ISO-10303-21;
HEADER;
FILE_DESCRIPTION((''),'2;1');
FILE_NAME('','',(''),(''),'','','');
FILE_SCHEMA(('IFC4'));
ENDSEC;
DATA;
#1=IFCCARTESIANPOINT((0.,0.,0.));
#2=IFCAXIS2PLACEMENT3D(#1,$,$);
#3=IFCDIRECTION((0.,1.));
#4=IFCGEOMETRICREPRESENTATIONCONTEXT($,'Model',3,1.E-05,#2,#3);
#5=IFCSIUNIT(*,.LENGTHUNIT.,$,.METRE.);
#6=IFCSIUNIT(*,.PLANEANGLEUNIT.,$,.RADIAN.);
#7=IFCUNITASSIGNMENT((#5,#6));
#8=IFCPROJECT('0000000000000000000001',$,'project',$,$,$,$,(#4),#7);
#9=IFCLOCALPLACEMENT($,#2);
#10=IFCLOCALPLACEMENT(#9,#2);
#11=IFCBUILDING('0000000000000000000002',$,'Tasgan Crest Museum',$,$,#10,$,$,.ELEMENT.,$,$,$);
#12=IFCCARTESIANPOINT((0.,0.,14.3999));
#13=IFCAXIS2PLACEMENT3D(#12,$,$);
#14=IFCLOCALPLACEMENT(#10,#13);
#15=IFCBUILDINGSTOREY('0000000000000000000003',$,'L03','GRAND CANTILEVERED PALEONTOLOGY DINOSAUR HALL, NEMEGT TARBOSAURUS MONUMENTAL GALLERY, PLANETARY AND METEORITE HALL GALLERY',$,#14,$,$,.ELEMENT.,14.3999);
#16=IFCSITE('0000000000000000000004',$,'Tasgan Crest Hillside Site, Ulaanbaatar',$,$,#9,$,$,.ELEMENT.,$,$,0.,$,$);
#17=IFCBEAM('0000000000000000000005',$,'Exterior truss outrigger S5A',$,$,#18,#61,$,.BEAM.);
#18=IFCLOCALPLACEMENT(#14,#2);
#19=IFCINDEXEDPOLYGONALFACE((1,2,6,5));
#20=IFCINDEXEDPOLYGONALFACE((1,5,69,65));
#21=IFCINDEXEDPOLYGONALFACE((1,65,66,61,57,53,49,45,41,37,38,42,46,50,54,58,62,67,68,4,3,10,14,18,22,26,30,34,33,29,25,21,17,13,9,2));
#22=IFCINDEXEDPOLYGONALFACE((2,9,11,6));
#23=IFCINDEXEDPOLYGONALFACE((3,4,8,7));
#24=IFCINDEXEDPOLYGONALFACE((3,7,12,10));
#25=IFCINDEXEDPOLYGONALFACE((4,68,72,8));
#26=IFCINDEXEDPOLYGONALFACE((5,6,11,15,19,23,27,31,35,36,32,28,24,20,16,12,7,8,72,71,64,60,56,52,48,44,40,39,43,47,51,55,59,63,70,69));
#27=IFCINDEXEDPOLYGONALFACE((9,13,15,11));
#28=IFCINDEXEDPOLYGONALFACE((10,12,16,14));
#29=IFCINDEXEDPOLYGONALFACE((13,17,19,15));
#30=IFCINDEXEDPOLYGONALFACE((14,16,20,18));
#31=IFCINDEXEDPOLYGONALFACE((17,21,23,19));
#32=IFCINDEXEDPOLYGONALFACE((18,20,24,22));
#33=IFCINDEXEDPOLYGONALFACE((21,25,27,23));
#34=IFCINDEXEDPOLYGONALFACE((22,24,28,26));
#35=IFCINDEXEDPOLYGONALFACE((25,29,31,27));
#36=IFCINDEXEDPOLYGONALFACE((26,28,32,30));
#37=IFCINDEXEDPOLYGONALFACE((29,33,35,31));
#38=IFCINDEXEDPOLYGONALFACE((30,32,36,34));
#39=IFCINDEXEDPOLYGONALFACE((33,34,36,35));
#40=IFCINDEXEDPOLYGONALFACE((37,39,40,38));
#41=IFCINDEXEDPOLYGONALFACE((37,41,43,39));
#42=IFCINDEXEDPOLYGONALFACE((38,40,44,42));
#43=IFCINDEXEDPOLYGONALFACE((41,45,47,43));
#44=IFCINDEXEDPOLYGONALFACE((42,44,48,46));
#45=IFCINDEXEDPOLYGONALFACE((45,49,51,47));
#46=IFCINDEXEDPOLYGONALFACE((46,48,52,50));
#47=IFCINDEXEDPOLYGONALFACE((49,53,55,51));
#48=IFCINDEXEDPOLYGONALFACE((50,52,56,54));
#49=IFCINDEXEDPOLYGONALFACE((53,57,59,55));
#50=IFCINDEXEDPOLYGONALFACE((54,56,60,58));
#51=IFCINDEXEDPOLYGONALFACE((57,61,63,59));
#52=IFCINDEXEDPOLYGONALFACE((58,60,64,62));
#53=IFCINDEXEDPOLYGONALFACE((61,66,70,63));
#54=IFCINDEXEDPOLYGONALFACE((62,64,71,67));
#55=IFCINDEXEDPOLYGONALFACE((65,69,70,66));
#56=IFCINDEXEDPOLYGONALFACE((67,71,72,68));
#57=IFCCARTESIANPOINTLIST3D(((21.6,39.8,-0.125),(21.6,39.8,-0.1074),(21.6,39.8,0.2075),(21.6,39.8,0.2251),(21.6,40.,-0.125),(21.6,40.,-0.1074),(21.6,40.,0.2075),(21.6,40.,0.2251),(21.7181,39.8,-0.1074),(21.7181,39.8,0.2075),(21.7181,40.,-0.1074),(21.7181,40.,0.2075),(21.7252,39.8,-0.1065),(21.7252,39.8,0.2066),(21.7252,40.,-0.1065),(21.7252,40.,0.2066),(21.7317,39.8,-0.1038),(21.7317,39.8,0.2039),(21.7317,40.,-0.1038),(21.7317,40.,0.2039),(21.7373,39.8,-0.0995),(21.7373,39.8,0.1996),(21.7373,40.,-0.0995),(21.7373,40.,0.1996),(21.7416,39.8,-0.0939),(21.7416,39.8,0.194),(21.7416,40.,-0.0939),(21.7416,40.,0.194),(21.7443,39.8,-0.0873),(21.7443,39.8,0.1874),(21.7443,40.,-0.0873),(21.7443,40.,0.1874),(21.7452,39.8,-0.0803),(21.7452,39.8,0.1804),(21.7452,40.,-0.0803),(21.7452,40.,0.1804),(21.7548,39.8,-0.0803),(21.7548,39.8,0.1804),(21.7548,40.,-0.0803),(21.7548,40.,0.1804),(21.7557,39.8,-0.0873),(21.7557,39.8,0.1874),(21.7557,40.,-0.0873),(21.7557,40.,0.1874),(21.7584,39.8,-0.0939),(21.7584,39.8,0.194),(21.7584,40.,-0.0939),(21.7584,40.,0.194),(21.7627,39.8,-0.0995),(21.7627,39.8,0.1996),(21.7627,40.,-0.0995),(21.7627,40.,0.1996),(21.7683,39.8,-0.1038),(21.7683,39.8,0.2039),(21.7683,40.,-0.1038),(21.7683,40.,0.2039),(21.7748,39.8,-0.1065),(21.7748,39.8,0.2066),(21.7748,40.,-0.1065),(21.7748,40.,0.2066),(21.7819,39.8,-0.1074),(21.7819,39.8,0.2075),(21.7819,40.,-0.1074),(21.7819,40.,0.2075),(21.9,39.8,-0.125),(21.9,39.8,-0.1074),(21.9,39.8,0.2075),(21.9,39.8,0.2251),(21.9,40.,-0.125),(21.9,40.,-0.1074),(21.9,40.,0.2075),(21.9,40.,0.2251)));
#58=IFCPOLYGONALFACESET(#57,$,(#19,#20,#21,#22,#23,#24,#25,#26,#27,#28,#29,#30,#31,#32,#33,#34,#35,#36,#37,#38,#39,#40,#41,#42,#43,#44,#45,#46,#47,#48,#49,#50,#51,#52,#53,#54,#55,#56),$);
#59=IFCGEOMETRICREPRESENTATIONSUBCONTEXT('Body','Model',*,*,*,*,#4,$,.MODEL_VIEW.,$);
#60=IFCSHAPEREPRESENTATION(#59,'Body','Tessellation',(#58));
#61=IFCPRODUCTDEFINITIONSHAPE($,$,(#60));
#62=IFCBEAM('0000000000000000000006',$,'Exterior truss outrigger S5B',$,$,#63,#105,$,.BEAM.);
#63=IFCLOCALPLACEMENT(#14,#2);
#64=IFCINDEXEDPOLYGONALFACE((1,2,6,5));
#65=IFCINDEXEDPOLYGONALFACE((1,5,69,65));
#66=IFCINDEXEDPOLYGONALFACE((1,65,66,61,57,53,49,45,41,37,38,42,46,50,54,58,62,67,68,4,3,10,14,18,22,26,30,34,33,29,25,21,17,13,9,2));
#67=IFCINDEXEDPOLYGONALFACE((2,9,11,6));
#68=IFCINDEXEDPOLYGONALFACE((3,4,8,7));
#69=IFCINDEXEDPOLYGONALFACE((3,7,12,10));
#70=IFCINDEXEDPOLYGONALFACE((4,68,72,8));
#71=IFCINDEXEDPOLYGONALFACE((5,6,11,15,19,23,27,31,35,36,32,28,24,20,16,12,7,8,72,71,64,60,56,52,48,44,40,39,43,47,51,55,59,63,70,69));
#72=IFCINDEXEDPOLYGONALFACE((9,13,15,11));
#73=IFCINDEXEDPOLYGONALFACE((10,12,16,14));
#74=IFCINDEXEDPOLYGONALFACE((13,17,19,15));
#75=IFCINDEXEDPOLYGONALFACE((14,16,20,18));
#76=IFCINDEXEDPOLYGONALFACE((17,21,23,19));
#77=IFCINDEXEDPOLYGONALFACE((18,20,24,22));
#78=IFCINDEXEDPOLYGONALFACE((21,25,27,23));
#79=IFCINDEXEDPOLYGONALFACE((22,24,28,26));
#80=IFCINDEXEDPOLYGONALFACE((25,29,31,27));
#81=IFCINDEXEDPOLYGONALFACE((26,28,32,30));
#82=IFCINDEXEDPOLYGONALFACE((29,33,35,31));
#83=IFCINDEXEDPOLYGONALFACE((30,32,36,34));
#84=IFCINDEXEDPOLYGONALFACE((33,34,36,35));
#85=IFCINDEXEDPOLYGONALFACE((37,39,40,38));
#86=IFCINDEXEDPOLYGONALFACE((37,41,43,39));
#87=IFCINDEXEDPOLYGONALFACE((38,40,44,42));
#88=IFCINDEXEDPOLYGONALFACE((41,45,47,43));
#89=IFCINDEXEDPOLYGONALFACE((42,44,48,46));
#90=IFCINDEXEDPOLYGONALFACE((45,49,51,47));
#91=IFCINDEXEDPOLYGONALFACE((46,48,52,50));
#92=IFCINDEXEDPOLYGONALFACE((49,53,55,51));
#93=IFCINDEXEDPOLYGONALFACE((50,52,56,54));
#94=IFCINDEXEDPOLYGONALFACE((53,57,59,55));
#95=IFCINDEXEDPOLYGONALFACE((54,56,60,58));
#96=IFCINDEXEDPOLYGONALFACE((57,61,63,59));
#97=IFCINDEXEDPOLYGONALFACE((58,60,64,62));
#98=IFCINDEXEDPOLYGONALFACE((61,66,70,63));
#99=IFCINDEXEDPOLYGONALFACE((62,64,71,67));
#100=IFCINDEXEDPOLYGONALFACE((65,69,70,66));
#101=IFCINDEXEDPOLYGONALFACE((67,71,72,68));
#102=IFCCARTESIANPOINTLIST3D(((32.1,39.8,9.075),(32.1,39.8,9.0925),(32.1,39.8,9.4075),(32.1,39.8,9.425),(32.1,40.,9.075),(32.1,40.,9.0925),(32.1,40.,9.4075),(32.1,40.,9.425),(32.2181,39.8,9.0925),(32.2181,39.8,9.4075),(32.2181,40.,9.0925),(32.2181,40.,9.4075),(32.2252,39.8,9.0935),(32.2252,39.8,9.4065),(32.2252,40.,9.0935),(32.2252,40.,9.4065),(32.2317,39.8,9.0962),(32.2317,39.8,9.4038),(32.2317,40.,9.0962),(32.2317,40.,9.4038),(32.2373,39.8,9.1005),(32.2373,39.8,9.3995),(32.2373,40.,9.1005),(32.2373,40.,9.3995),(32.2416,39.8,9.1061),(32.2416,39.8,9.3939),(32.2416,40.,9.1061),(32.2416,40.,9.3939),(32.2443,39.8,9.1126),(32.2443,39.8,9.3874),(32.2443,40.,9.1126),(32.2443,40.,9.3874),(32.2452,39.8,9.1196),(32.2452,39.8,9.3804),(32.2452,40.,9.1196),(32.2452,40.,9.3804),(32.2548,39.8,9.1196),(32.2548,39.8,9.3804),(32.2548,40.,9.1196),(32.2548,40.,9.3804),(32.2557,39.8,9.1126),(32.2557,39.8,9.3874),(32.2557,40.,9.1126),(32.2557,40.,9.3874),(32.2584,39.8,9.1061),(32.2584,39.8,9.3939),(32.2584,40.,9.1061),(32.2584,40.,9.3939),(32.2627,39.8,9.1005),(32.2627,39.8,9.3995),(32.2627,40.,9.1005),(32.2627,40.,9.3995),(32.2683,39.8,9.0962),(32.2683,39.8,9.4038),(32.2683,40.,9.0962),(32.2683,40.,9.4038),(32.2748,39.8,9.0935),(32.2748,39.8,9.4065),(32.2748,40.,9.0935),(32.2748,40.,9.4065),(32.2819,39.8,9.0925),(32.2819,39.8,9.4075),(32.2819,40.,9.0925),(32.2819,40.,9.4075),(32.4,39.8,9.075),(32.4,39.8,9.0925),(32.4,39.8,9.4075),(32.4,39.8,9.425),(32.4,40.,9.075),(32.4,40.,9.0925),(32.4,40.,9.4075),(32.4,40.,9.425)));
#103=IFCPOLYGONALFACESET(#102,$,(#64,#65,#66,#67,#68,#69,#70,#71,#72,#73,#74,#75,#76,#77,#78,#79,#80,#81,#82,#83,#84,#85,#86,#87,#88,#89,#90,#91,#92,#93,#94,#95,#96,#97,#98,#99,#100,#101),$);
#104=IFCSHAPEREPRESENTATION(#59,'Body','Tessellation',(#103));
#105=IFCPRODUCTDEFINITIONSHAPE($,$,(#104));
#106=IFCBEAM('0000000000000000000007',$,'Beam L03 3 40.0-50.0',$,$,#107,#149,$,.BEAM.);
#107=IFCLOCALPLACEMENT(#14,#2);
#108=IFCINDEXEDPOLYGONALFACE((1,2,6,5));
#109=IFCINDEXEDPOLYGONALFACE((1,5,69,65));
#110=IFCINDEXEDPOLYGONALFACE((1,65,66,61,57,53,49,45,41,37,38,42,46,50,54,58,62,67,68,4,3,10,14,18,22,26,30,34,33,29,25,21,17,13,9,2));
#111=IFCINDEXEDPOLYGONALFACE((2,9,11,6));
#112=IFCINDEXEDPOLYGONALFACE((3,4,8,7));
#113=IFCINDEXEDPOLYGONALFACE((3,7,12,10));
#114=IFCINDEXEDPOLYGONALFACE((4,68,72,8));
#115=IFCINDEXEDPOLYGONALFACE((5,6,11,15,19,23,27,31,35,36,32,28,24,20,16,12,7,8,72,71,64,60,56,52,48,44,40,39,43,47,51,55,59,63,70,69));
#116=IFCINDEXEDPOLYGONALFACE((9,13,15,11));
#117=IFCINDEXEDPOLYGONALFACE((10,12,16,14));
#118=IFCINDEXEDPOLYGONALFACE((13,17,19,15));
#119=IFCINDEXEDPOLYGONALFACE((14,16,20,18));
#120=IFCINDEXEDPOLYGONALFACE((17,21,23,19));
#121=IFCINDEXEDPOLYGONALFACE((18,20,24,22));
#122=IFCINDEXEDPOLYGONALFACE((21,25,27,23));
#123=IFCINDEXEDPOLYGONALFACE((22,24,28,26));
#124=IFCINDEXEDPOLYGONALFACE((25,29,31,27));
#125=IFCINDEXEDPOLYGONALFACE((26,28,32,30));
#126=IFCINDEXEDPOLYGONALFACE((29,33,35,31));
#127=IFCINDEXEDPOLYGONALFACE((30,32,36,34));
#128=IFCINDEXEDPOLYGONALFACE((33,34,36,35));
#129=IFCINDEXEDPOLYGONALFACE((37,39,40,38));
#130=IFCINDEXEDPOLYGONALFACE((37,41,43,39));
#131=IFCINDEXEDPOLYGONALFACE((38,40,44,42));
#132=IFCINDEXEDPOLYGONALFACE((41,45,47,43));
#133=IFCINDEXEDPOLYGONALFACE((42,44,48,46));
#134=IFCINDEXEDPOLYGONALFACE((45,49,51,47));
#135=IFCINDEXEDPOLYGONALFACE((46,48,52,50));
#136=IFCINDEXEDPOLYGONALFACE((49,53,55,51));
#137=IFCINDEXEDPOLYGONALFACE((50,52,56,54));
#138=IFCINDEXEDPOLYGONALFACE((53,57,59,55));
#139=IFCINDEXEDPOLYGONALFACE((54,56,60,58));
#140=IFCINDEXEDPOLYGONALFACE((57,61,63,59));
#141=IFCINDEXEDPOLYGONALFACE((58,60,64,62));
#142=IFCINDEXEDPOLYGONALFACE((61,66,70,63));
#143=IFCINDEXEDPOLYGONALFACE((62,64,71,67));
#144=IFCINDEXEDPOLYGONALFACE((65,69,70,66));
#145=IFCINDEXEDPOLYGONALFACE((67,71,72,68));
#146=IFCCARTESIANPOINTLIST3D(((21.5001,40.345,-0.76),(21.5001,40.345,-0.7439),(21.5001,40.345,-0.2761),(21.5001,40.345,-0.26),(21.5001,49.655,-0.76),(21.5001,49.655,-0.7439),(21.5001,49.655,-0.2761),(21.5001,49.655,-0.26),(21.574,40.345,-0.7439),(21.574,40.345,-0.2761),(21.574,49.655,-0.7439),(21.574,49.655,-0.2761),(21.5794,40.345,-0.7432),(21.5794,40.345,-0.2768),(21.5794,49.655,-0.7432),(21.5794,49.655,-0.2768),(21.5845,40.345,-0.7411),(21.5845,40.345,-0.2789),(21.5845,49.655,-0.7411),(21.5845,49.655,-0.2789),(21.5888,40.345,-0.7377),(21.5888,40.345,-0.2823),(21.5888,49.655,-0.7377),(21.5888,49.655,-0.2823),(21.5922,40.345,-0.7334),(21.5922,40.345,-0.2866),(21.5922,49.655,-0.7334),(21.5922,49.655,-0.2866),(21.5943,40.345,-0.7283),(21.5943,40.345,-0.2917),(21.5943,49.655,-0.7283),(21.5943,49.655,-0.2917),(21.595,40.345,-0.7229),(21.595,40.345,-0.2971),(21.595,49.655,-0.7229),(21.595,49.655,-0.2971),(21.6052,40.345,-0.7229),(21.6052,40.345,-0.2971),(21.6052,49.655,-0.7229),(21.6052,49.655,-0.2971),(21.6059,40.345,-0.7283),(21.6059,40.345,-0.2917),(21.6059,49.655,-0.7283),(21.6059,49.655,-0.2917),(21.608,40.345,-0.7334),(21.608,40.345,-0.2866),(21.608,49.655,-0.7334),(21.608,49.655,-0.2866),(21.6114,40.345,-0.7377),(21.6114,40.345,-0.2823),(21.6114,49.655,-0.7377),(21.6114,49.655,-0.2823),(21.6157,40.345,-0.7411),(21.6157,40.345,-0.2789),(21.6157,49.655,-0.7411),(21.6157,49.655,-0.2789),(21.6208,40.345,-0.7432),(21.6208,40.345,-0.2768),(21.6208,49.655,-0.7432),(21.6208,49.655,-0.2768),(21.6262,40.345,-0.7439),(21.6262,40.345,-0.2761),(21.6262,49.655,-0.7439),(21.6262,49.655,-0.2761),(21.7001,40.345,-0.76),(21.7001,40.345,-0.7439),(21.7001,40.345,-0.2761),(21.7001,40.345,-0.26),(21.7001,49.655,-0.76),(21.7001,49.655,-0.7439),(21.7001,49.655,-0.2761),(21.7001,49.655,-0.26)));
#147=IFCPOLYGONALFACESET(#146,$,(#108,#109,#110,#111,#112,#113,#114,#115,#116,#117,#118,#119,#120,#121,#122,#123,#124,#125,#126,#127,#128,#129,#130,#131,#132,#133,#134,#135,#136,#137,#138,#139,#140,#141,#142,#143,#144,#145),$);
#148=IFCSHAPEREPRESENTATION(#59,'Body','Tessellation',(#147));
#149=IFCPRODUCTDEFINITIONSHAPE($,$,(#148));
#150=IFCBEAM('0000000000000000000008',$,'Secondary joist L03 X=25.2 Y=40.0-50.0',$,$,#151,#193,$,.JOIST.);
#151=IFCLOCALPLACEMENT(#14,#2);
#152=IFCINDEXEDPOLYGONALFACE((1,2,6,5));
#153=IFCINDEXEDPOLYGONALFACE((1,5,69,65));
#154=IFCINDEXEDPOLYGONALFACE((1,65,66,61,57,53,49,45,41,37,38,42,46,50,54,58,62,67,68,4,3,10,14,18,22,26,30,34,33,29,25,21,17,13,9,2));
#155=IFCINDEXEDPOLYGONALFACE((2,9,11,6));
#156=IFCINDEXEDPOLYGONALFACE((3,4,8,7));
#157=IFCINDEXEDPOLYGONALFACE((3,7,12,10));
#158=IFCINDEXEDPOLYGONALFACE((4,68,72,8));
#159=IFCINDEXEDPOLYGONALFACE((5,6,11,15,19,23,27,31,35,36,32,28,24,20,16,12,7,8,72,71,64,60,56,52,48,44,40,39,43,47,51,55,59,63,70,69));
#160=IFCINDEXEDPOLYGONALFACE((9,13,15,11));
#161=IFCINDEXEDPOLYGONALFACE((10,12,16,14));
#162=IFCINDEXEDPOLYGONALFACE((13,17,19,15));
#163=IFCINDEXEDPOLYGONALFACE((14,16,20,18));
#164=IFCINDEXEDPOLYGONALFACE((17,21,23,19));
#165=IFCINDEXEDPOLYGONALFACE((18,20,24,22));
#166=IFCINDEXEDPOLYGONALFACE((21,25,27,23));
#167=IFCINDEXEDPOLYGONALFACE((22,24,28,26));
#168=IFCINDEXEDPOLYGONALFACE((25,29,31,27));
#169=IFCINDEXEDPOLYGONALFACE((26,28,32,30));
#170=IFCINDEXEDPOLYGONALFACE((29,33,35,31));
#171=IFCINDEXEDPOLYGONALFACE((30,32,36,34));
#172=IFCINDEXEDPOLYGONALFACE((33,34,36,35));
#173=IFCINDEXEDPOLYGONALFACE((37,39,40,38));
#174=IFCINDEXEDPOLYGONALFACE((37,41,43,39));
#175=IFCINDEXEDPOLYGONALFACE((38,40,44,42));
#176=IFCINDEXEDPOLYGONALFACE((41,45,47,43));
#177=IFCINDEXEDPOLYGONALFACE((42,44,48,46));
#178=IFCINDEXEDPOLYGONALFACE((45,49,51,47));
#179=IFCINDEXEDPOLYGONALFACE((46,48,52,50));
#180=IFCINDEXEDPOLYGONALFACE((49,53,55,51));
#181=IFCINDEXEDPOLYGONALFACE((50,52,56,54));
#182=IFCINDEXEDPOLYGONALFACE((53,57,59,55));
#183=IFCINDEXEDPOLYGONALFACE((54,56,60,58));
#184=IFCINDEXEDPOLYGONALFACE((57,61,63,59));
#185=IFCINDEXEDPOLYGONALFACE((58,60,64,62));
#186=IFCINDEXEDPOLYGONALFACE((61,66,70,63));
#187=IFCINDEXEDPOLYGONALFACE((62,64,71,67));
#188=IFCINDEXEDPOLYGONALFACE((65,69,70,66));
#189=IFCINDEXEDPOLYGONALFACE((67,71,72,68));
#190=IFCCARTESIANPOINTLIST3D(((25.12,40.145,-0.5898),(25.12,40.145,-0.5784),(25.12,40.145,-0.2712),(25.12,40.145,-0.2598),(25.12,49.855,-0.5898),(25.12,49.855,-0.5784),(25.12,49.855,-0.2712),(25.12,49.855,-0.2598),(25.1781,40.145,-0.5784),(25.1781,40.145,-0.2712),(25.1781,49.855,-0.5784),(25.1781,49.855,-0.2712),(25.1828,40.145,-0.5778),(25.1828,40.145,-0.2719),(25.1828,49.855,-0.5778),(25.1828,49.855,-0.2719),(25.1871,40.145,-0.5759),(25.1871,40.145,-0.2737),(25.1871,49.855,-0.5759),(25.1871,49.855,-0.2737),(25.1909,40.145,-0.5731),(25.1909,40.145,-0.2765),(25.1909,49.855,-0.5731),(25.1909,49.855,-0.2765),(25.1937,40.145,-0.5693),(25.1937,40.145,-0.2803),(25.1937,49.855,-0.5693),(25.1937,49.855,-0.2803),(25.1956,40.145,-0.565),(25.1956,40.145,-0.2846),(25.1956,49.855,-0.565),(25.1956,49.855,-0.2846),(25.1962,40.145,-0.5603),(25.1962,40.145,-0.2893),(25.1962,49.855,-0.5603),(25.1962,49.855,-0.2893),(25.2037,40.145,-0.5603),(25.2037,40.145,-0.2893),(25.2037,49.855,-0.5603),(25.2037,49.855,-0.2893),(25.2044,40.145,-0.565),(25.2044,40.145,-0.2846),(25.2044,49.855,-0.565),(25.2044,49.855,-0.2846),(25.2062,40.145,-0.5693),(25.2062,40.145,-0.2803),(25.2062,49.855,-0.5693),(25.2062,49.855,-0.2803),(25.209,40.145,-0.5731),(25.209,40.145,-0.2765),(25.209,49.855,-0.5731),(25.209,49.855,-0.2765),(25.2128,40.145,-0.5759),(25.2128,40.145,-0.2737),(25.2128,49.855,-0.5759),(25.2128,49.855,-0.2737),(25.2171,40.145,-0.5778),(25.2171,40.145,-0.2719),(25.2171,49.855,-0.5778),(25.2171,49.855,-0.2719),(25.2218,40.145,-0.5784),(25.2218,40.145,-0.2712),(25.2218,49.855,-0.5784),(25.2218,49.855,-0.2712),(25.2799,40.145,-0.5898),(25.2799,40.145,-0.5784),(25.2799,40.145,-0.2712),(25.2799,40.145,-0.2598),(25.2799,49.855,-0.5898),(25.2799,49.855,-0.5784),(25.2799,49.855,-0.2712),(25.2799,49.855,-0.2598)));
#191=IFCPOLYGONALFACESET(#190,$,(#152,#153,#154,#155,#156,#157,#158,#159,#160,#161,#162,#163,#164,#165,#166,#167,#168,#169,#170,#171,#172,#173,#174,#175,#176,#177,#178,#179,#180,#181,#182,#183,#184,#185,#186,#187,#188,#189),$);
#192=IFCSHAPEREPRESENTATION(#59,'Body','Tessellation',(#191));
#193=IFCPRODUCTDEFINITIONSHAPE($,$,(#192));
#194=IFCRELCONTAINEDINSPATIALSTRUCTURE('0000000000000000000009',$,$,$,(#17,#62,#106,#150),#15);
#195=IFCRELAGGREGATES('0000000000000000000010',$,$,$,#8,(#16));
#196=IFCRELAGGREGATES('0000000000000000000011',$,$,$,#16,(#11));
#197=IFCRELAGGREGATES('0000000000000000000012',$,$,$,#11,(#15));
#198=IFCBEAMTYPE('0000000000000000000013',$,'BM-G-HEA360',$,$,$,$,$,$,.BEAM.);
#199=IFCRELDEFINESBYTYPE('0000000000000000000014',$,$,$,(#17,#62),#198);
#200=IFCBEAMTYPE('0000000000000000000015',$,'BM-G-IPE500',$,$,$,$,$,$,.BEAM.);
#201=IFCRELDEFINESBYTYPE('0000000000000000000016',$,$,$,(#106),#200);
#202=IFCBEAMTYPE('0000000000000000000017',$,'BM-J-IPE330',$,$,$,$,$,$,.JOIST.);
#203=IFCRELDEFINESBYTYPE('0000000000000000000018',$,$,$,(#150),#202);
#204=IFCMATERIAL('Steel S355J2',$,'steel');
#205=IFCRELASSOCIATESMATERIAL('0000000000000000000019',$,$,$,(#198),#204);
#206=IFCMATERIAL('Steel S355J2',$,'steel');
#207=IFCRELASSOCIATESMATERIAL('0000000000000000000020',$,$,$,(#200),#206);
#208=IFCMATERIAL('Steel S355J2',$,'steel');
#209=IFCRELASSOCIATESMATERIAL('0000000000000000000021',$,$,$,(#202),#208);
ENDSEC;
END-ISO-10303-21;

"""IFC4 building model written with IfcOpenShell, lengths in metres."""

from ifc_helpers import new_model, si_unit, direction, frame, origin, origin_2d, place, context, subcontext, project, spatial, i_section, extrude, material, material_profile, profile_set, type_object, element, save


model = new_model("IFC4")

# Units and contexts
model_context = context("Model", 3, precision=1e-05, world=origin(), true_north=direction((0.0, 1.0)))
body_context = subcontext(model_context, "Body", "Model", "MODEL_VIEW")
ifc_project = project(units=[si_unit("LENGTHUNIT", "METRE"), si_unit("PLANEANGLEUNIT", "RADIAN")], contexts=[model_context])

# Site, building, storey
site_placement = place(None, origin())
site = spatial("IfcSite", under=ifc_project, at=site_placement, Name="Tasgan Crest Hillside Site, Ulaanbaatar", CompositionType="ELEMENT", RefElevation=0.0)
building_placement = place(site_placement, origin())
building = spatial("IfcBuilding", under=site, at=building_placement, Name="Tasgan Crest Museum", CompositionType="ELEMENT")
storey_placement = place(building_placement, frame((0.0, 0.0, 14.3999)))
storey = spatial("IfcBuildingStorey", under=building, at=storey_placement, Name="L03", Description="GRAND CANTILEVERED PALEONTOLOGY DINOSAUR HALL, NEMEGT TARBOSAURUS MONUMENTAL GALLERY, PLANETARY AND METEORITE HALL GALLERY", CompositionType="ELEMENT", Elevation=14.3999)

# Beams
ifc_material_1 = material(Name="Steel S355J2", Category="steel")
ifc_material_profile_1 = material_profile(ifc_material_1, i_section(OverallWidth=0.3, OverallDepth=0.3501, WebThickness=0.0095, FlangeThickness=0.0176, FilletRadius=0.0271, at=origin_2d()), Name="HEA 360")
ifc_profile_set_1 = profile_set([ifc_material_profile_1], Name="Steel S355J2")
beam_type_1 = type_object("IfcBeamType", Name="BM-G-HEA360", PredefinedType="BEAM", material=ifc_profile_set_1)
for number, where, z_axis, x_axis, name in (
    (1, (21.75, 40.0, 0.05), (0.0, -1.0, 0.0), (1.0, 0.0, 0.0), "Exterior truss outrigger S5A"),
    (2, (32.25, 40.0, 9.25), (0.0, -1.0, 0.0), (1.0, 0.0, 0.0), "Exterior truss outrigger S5B"),
):
    element("IfcBeam", number, at=place(storey_placement, frame(where, z_axis=z_axis, x_axis=x_axis)), inside=storey, type_object=beam_type_1, Name=name, PredefinedType="BEAM", context=body_context, shape_type="SweptSolid", body=[
        extrude(i_section(OverallWidth=0.3, OverallDepth=0.3501, WebThickness=0.0095, FlangeThickness=0.0176, FilletRadius=0.0271, at=origin_2d()), origin(), (0.0, 0.0, 1.0), 0.2),
    ])
ifc_material_2 = material(Name="Steel S355J2", Category="steel")
ifc_material_profile_2 = material_profile(ifc_material_2, i_section(OverallWidth=0.2, OverallDepth=0.5, WebThickness=0.0103, FlangeThickness=0.0161, FilletRadius=0.021, at=origin_2d()), Name="IPE 500")
ifc_profile_set_2 = profile_set([ifc_material_profile_2], Name="Steel S355J2")
beam_type_2 = type_object("IfcBeamType", Name="BM-G-IPE500", PredefinedType="BEAM", material=ifc_profile_set_2)
beam_1_placement = place(storey_placement, frame((21.6001, 40.345, -0.51), z_axis=(0.0, 1.0, 0.0), x_axis=(-1.0, 0.0, 0.0)))
element("IfcBeam", 3, at=beam_1_placement, inside=storey, type_object=beam_type_2, Name="Beam L03 3 40.0-50.0", PredefinedType="BEAM", context=body_context, shape_type="SweptSolid", body=[
    extrude(i_section(OverallWidth=0.2, OverallDepth=0.5, WebThickness=0.0103, FlangeThickness=0.0161, FilletRadius=0.021, at=origin_2d()), origin(), (0.0, 0.0, 1.0), 9.3101),
])
ifc_material_3 = material(Name="Steel S355J2", Category="steel")
ifc_material_profile_3 = material_profile(ifc_material_3, i_section(OverallWidth=0.1599, OverallDepth=0.3301, WebThickness=0.0076, FlangeThickness=0.0115, FilletRadius=0.0181, at=origin_2d()), Name="IPE 330")
ifc_profile_set_3 = profile_set([ifc_material_profile_3], Name="Steel S355J2")
beam_type_3 = type_object("IfcBeamType", Name="BM-J-IPE330", PredefinedType="JOIST", material=ifc_profile_set_3)
for number, where, z_axis, x_axis, name in (
    (4, (25.2, 40.145, -0.4248), (0.0, 1.0, 0.0), (-1.0, 0.0, 0.0), "Secondary joist L03 X=25.2 Y=40.0-50.0"),
):
    element("IfcBeam", number, at=place(storey_placement, frame(where, z_axis=z_axis, x_axis=x_axis)), inside=storey, type_object=beam_type_3, Name=name, PredefinedType="JOIST", context=body_context, shape_type="SweptSolid", body=[
        extrude(i_section(OverallWidth=0.1599, OverallDepth=0.3301, WebThickness=0.0076, FlangeThickness=0.0115, FilletRadius=0.0181, at=origin_2d()), origin(), (0.0, 0.0, 1.0), 9.71),
    ])

save(model, "model.ifc")
